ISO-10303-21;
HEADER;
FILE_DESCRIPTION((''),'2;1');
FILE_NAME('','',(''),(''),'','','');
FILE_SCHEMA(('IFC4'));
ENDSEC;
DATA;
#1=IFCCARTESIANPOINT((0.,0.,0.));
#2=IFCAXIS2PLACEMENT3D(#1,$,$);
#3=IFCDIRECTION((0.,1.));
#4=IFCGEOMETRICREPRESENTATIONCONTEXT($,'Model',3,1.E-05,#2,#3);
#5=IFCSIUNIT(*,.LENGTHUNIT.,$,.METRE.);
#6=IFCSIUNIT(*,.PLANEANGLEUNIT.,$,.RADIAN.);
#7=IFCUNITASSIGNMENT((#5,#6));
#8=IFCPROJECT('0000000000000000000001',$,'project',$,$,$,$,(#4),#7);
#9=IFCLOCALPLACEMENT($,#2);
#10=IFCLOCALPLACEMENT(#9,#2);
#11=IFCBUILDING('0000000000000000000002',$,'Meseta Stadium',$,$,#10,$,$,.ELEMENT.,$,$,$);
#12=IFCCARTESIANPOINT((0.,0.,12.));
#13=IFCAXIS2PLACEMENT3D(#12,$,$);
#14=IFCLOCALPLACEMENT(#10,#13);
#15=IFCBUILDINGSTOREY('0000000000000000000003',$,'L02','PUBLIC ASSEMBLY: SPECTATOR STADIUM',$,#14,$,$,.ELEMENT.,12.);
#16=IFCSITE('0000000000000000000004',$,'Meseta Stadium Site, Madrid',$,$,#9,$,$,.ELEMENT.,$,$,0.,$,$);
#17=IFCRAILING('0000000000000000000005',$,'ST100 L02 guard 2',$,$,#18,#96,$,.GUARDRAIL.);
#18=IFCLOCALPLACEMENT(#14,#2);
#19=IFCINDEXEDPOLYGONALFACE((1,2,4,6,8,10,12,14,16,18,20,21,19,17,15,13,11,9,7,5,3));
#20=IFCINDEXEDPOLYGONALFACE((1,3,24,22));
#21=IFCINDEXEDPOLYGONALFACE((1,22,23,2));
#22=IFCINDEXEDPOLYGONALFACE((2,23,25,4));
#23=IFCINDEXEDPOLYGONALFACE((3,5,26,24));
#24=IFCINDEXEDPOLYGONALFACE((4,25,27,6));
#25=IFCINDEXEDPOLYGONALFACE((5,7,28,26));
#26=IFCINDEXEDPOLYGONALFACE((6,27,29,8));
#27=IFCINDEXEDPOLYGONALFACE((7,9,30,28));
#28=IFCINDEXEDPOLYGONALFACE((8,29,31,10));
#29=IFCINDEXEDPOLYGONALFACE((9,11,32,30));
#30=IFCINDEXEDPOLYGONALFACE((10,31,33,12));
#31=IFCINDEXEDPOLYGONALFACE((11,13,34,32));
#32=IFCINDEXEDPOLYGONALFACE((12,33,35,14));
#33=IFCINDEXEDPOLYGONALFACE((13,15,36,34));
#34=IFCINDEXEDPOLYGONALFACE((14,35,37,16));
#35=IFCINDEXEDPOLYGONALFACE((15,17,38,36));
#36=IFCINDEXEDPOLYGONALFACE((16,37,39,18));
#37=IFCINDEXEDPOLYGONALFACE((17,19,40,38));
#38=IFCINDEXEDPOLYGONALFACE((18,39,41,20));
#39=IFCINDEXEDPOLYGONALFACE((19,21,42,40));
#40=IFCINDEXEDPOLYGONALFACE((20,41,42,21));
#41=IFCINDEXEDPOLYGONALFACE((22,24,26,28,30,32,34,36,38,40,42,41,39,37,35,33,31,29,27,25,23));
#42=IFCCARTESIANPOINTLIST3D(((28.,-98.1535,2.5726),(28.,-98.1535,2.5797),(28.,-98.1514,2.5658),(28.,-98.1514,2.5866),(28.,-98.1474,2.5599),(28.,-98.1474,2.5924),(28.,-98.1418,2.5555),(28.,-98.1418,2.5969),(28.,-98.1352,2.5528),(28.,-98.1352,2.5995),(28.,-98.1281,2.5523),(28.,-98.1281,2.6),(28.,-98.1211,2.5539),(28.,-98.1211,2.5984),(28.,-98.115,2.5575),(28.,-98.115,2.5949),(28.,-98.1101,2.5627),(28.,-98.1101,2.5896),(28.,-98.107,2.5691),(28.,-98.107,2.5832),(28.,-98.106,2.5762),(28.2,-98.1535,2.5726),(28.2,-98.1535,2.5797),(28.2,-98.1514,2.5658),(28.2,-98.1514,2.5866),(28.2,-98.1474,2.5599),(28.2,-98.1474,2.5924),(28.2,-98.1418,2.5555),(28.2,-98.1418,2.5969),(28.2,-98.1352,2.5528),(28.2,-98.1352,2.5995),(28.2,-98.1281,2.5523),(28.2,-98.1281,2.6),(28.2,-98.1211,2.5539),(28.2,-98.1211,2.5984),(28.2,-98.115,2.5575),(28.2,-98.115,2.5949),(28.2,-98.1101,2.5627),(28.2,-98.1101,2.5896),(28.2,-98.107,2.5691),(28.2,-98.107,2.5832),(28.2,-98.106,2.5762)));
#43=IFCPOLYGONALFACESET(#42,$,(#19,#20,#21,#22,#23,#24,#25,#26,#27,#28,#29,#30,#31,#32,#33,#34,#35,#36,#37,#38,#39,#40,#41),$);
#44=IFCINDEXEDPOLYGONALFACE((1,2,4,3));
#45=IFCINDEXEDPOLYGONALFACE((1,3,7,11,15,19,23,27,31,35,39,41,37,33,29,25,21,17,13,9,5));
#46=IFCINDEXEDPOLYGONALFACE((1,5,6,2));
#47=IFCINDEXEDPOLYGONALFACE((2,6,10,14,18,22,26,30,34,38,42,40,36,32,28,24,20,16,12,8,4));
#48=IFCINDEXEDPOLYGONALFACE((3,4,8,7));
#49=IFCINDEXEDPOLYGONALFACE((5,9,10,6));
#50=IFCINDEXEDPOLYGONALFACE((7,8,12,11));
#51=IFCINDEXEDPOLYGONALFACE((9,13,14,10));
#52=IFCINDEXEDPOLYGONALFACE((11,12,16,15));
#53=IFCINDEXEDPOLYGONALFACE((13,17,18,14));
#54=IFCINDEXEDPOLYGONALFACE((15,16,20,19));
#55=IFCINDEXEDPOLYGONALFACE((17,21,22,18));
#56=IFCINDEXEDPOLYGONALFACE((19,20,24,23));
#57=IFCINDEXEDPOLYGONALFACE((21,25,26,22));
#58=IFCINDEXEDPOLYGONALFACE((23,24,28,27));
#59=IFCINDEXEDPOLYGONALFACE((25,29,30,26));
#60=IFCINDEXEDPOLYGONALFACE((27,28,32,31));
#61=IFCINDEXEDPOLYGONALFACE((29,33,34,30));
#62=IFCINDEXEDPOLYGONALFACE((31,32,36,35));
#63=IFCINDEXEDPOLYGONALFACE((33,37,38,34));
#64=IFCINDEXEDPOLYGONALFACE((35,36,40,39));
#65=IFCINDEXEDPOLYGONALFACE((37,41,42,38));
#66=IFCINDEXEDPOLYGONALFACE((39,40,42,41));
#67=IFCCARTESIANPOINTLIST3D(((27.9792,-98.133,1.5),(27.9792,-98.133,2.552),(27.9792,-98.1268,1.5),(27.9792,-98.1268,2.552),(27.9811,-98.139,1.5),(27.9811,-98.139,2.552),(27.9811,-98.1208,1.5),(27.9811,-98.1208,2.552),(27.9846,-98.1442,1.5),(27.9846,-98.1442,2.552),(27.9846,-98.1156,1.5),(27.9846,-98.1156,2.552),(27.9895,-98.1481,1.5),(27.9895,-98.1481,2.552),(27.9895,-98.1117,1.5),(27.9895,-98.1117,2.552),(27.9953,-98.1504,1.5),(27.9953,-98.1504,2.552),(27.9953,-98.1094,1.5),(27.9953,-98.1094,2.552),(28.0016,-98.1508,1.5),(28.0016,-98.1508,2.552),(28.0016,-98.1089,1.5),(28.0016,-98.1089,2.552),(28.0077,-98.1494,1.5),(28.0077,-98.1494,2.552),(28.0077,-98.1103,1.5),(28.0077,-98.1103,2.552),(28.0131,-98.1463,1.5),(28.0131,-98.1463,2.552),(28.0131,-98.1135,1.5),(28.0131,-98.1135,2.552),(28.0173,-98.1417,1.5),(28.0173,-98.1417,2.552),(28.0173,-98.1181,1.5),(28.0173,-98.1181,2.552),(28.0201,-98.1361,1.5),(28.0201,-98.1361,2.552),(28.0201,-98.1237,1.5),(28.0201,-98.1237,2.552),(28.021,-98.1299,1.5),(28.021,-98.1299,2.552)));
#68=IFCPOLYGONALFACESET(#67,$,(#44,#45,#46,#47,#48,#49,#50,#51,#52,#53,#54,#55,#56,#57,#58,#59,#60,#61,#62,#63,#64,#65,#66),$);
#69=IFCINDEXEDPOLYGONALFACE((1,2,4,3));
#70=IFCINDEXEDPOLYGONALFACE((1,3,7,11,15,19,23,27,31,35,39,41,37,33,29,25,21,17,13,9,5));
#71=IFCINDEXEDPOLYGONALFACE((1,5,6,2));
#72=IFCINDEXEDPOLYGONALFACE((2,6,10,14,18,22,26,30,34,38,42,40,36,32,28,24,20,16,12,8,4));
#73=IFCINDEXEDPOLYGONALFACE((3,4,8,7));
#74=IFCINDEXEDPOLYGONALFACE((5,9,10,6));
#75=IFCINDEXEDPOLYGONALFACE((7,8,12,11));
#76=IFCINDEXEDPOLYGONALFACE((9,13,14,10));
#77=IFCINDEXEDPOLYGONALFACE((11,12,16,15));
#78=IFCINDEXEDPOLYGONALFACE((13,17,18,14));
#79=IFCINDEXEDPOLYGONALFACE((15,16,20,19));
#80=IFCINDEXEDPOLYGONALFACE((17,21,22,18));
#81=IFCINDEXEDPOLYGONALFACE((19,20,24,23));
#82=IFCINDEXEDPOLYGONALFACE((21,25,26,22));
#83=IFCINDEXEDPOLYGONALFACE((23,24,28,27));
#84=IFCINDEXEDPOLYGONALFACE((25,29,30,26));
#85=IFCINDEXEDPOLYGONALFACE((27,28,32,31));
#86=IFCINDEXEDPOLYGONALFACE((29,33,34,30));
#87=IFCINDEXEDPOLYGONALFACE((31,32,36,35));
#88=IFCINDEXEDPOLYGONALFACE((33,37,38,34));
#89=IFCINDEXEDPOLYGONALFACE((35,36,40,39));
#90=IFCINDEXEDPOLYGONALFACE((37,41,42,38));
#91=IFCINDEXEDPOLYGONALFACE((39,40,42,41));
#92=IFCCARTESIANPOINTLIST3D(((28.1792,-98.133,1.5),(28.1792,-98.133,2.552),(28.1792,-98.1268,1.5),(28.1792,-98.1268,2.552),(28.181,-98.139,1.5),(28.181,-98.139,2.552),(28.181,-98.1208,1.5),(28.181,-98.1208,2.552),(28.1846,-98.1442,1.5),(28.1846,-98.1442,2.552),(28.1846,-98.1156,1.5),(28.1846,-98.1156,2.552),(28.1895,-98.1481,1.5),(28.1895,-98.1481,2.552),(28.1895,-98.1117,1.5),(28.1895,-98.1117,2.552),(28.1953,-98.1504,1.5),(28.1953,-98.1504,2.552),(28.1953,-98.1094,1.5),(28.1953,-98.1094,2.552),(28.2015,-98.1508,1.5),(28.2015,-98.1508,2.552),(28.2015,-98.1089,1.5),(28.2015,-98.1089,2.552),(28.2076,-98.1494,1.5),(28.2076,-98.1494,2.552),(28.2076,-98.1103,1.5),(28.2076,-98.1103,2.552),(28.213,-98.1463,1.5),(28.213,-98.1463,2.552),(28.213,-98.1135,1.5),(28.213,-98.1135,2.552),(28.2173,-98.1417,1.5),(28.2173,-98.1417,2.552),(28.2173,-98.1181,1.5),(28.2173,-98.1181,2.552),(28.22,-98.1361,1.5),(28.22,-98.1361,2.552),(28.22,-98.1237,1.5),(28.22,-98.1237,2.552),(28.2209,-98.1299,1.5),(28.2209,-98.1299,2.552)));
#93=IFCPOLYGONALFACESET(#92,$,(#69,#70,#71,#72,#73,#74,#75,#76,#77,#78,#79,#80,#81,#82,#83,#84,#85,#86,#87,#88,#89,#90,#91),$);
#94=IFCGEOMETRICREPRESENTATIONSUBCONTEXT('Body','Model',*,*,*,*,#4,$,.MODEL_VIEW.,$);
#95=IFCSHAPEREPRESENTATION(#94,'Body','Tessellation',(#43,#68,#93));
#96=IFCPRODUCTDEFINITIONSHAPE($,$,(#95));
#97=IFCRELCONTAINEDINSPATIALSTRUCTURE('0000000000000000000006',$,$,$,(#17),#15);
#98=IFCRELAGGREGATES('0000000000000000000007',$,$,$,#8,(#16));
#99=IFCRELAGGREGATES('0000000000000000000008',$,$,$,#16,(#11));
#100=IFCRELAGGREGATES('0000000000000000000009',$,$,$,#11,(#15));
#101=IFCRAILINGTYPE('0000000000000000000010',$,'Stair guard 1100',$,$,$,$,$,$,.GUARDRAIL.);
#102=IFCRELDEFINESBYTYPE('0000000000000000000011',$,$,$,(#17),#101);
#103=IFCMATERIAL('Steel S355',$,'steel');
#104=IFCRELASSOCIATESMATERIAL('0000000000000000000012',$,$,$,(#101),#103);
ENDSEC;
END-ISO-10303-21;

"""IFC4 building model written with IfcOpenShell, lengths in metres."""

from ifc_helpers import new_model, si_unit, direction, frame, origin, origin_2d, place, context, subcontext, project, spatial, circle, extrude, material, type_object, element, save


model = new_model("IFC4")

# Units and contexts
model_context = context("Model", 3, precision=1e-05, world=origin(), true_north=direction((0.0, 1.0)))
body_context = subcontext(model_context, "Body", "Model", "MODEL_VIEW")
ifc_project = project(units=[si_unit("LENGTHUNIT", "METRE"), si_unit("PLANEANGLEUNIT", "RADIAN")], contexts=[model_context])

# Site, building, storey
site_placement = place(None, origin())
site = spatial("IfcSite", under=ifc_project, at=site_placement, Name="Meseta Stadium Site, Madrid", CompositionType="ELEMENT", RefElevation=0.0)
building_placement = place(site_placement, origin())
building = spatial("IfcBuilding", under=site, at=building_placement, Name="Meseta Stadium", CompositionType="ELEMENT")
storey_placement = place(building_placement, frame((0.0, 0.0, 12.0)))
storey = spatial("IfcBuildingStorey", under=building, at=storey_placement, Name="L02", Description="PUBLIC ASSEMBLY: SPECTATOR STADIUM", CompositionType="ELEMENT", Elevation=12.0)

# Railing
ifc_material_1 = material(Name="Steel S355", Category="steel")
railing_type_1 = type_object("IfcRailingType", Name="Stair guard 1100", PredefinedType="GUARDRAIL", material=ifc_material_1)
railing_1_placement = place(storey_placement, frame((28.0, -98.1299, 1.5)))
element("IfcRailing", 1, at=railing_1_placement, inside=storey, type_object=railing_type_1, Name="ST100 L02 guard 2", PredefinedType="GUARDRAIL", context=body_context, shape_type="SweptSolid", body=[
    extrude(circle(Radius=0.0239, at=origin_2d()), frame((0.0, 0.0, 1.0762), z_axis=(1.0, 0.0, 0.0), x_axis=(0.0, 1.0, 0.0)), (0.0, 0.0, 1.0), 0.2),
    extrude(circle(Radius=0.021, at=origin_2d()), origin(), (0.0, 0.0, 1.0), 1.052),
    extrude(circle(Radius=0.021, at=origin_2d()), frame((0.2, 0.0, 0.0)), (0.0, 0.0, 1.0), 1.052),
])

save(model, "model.ifc")
